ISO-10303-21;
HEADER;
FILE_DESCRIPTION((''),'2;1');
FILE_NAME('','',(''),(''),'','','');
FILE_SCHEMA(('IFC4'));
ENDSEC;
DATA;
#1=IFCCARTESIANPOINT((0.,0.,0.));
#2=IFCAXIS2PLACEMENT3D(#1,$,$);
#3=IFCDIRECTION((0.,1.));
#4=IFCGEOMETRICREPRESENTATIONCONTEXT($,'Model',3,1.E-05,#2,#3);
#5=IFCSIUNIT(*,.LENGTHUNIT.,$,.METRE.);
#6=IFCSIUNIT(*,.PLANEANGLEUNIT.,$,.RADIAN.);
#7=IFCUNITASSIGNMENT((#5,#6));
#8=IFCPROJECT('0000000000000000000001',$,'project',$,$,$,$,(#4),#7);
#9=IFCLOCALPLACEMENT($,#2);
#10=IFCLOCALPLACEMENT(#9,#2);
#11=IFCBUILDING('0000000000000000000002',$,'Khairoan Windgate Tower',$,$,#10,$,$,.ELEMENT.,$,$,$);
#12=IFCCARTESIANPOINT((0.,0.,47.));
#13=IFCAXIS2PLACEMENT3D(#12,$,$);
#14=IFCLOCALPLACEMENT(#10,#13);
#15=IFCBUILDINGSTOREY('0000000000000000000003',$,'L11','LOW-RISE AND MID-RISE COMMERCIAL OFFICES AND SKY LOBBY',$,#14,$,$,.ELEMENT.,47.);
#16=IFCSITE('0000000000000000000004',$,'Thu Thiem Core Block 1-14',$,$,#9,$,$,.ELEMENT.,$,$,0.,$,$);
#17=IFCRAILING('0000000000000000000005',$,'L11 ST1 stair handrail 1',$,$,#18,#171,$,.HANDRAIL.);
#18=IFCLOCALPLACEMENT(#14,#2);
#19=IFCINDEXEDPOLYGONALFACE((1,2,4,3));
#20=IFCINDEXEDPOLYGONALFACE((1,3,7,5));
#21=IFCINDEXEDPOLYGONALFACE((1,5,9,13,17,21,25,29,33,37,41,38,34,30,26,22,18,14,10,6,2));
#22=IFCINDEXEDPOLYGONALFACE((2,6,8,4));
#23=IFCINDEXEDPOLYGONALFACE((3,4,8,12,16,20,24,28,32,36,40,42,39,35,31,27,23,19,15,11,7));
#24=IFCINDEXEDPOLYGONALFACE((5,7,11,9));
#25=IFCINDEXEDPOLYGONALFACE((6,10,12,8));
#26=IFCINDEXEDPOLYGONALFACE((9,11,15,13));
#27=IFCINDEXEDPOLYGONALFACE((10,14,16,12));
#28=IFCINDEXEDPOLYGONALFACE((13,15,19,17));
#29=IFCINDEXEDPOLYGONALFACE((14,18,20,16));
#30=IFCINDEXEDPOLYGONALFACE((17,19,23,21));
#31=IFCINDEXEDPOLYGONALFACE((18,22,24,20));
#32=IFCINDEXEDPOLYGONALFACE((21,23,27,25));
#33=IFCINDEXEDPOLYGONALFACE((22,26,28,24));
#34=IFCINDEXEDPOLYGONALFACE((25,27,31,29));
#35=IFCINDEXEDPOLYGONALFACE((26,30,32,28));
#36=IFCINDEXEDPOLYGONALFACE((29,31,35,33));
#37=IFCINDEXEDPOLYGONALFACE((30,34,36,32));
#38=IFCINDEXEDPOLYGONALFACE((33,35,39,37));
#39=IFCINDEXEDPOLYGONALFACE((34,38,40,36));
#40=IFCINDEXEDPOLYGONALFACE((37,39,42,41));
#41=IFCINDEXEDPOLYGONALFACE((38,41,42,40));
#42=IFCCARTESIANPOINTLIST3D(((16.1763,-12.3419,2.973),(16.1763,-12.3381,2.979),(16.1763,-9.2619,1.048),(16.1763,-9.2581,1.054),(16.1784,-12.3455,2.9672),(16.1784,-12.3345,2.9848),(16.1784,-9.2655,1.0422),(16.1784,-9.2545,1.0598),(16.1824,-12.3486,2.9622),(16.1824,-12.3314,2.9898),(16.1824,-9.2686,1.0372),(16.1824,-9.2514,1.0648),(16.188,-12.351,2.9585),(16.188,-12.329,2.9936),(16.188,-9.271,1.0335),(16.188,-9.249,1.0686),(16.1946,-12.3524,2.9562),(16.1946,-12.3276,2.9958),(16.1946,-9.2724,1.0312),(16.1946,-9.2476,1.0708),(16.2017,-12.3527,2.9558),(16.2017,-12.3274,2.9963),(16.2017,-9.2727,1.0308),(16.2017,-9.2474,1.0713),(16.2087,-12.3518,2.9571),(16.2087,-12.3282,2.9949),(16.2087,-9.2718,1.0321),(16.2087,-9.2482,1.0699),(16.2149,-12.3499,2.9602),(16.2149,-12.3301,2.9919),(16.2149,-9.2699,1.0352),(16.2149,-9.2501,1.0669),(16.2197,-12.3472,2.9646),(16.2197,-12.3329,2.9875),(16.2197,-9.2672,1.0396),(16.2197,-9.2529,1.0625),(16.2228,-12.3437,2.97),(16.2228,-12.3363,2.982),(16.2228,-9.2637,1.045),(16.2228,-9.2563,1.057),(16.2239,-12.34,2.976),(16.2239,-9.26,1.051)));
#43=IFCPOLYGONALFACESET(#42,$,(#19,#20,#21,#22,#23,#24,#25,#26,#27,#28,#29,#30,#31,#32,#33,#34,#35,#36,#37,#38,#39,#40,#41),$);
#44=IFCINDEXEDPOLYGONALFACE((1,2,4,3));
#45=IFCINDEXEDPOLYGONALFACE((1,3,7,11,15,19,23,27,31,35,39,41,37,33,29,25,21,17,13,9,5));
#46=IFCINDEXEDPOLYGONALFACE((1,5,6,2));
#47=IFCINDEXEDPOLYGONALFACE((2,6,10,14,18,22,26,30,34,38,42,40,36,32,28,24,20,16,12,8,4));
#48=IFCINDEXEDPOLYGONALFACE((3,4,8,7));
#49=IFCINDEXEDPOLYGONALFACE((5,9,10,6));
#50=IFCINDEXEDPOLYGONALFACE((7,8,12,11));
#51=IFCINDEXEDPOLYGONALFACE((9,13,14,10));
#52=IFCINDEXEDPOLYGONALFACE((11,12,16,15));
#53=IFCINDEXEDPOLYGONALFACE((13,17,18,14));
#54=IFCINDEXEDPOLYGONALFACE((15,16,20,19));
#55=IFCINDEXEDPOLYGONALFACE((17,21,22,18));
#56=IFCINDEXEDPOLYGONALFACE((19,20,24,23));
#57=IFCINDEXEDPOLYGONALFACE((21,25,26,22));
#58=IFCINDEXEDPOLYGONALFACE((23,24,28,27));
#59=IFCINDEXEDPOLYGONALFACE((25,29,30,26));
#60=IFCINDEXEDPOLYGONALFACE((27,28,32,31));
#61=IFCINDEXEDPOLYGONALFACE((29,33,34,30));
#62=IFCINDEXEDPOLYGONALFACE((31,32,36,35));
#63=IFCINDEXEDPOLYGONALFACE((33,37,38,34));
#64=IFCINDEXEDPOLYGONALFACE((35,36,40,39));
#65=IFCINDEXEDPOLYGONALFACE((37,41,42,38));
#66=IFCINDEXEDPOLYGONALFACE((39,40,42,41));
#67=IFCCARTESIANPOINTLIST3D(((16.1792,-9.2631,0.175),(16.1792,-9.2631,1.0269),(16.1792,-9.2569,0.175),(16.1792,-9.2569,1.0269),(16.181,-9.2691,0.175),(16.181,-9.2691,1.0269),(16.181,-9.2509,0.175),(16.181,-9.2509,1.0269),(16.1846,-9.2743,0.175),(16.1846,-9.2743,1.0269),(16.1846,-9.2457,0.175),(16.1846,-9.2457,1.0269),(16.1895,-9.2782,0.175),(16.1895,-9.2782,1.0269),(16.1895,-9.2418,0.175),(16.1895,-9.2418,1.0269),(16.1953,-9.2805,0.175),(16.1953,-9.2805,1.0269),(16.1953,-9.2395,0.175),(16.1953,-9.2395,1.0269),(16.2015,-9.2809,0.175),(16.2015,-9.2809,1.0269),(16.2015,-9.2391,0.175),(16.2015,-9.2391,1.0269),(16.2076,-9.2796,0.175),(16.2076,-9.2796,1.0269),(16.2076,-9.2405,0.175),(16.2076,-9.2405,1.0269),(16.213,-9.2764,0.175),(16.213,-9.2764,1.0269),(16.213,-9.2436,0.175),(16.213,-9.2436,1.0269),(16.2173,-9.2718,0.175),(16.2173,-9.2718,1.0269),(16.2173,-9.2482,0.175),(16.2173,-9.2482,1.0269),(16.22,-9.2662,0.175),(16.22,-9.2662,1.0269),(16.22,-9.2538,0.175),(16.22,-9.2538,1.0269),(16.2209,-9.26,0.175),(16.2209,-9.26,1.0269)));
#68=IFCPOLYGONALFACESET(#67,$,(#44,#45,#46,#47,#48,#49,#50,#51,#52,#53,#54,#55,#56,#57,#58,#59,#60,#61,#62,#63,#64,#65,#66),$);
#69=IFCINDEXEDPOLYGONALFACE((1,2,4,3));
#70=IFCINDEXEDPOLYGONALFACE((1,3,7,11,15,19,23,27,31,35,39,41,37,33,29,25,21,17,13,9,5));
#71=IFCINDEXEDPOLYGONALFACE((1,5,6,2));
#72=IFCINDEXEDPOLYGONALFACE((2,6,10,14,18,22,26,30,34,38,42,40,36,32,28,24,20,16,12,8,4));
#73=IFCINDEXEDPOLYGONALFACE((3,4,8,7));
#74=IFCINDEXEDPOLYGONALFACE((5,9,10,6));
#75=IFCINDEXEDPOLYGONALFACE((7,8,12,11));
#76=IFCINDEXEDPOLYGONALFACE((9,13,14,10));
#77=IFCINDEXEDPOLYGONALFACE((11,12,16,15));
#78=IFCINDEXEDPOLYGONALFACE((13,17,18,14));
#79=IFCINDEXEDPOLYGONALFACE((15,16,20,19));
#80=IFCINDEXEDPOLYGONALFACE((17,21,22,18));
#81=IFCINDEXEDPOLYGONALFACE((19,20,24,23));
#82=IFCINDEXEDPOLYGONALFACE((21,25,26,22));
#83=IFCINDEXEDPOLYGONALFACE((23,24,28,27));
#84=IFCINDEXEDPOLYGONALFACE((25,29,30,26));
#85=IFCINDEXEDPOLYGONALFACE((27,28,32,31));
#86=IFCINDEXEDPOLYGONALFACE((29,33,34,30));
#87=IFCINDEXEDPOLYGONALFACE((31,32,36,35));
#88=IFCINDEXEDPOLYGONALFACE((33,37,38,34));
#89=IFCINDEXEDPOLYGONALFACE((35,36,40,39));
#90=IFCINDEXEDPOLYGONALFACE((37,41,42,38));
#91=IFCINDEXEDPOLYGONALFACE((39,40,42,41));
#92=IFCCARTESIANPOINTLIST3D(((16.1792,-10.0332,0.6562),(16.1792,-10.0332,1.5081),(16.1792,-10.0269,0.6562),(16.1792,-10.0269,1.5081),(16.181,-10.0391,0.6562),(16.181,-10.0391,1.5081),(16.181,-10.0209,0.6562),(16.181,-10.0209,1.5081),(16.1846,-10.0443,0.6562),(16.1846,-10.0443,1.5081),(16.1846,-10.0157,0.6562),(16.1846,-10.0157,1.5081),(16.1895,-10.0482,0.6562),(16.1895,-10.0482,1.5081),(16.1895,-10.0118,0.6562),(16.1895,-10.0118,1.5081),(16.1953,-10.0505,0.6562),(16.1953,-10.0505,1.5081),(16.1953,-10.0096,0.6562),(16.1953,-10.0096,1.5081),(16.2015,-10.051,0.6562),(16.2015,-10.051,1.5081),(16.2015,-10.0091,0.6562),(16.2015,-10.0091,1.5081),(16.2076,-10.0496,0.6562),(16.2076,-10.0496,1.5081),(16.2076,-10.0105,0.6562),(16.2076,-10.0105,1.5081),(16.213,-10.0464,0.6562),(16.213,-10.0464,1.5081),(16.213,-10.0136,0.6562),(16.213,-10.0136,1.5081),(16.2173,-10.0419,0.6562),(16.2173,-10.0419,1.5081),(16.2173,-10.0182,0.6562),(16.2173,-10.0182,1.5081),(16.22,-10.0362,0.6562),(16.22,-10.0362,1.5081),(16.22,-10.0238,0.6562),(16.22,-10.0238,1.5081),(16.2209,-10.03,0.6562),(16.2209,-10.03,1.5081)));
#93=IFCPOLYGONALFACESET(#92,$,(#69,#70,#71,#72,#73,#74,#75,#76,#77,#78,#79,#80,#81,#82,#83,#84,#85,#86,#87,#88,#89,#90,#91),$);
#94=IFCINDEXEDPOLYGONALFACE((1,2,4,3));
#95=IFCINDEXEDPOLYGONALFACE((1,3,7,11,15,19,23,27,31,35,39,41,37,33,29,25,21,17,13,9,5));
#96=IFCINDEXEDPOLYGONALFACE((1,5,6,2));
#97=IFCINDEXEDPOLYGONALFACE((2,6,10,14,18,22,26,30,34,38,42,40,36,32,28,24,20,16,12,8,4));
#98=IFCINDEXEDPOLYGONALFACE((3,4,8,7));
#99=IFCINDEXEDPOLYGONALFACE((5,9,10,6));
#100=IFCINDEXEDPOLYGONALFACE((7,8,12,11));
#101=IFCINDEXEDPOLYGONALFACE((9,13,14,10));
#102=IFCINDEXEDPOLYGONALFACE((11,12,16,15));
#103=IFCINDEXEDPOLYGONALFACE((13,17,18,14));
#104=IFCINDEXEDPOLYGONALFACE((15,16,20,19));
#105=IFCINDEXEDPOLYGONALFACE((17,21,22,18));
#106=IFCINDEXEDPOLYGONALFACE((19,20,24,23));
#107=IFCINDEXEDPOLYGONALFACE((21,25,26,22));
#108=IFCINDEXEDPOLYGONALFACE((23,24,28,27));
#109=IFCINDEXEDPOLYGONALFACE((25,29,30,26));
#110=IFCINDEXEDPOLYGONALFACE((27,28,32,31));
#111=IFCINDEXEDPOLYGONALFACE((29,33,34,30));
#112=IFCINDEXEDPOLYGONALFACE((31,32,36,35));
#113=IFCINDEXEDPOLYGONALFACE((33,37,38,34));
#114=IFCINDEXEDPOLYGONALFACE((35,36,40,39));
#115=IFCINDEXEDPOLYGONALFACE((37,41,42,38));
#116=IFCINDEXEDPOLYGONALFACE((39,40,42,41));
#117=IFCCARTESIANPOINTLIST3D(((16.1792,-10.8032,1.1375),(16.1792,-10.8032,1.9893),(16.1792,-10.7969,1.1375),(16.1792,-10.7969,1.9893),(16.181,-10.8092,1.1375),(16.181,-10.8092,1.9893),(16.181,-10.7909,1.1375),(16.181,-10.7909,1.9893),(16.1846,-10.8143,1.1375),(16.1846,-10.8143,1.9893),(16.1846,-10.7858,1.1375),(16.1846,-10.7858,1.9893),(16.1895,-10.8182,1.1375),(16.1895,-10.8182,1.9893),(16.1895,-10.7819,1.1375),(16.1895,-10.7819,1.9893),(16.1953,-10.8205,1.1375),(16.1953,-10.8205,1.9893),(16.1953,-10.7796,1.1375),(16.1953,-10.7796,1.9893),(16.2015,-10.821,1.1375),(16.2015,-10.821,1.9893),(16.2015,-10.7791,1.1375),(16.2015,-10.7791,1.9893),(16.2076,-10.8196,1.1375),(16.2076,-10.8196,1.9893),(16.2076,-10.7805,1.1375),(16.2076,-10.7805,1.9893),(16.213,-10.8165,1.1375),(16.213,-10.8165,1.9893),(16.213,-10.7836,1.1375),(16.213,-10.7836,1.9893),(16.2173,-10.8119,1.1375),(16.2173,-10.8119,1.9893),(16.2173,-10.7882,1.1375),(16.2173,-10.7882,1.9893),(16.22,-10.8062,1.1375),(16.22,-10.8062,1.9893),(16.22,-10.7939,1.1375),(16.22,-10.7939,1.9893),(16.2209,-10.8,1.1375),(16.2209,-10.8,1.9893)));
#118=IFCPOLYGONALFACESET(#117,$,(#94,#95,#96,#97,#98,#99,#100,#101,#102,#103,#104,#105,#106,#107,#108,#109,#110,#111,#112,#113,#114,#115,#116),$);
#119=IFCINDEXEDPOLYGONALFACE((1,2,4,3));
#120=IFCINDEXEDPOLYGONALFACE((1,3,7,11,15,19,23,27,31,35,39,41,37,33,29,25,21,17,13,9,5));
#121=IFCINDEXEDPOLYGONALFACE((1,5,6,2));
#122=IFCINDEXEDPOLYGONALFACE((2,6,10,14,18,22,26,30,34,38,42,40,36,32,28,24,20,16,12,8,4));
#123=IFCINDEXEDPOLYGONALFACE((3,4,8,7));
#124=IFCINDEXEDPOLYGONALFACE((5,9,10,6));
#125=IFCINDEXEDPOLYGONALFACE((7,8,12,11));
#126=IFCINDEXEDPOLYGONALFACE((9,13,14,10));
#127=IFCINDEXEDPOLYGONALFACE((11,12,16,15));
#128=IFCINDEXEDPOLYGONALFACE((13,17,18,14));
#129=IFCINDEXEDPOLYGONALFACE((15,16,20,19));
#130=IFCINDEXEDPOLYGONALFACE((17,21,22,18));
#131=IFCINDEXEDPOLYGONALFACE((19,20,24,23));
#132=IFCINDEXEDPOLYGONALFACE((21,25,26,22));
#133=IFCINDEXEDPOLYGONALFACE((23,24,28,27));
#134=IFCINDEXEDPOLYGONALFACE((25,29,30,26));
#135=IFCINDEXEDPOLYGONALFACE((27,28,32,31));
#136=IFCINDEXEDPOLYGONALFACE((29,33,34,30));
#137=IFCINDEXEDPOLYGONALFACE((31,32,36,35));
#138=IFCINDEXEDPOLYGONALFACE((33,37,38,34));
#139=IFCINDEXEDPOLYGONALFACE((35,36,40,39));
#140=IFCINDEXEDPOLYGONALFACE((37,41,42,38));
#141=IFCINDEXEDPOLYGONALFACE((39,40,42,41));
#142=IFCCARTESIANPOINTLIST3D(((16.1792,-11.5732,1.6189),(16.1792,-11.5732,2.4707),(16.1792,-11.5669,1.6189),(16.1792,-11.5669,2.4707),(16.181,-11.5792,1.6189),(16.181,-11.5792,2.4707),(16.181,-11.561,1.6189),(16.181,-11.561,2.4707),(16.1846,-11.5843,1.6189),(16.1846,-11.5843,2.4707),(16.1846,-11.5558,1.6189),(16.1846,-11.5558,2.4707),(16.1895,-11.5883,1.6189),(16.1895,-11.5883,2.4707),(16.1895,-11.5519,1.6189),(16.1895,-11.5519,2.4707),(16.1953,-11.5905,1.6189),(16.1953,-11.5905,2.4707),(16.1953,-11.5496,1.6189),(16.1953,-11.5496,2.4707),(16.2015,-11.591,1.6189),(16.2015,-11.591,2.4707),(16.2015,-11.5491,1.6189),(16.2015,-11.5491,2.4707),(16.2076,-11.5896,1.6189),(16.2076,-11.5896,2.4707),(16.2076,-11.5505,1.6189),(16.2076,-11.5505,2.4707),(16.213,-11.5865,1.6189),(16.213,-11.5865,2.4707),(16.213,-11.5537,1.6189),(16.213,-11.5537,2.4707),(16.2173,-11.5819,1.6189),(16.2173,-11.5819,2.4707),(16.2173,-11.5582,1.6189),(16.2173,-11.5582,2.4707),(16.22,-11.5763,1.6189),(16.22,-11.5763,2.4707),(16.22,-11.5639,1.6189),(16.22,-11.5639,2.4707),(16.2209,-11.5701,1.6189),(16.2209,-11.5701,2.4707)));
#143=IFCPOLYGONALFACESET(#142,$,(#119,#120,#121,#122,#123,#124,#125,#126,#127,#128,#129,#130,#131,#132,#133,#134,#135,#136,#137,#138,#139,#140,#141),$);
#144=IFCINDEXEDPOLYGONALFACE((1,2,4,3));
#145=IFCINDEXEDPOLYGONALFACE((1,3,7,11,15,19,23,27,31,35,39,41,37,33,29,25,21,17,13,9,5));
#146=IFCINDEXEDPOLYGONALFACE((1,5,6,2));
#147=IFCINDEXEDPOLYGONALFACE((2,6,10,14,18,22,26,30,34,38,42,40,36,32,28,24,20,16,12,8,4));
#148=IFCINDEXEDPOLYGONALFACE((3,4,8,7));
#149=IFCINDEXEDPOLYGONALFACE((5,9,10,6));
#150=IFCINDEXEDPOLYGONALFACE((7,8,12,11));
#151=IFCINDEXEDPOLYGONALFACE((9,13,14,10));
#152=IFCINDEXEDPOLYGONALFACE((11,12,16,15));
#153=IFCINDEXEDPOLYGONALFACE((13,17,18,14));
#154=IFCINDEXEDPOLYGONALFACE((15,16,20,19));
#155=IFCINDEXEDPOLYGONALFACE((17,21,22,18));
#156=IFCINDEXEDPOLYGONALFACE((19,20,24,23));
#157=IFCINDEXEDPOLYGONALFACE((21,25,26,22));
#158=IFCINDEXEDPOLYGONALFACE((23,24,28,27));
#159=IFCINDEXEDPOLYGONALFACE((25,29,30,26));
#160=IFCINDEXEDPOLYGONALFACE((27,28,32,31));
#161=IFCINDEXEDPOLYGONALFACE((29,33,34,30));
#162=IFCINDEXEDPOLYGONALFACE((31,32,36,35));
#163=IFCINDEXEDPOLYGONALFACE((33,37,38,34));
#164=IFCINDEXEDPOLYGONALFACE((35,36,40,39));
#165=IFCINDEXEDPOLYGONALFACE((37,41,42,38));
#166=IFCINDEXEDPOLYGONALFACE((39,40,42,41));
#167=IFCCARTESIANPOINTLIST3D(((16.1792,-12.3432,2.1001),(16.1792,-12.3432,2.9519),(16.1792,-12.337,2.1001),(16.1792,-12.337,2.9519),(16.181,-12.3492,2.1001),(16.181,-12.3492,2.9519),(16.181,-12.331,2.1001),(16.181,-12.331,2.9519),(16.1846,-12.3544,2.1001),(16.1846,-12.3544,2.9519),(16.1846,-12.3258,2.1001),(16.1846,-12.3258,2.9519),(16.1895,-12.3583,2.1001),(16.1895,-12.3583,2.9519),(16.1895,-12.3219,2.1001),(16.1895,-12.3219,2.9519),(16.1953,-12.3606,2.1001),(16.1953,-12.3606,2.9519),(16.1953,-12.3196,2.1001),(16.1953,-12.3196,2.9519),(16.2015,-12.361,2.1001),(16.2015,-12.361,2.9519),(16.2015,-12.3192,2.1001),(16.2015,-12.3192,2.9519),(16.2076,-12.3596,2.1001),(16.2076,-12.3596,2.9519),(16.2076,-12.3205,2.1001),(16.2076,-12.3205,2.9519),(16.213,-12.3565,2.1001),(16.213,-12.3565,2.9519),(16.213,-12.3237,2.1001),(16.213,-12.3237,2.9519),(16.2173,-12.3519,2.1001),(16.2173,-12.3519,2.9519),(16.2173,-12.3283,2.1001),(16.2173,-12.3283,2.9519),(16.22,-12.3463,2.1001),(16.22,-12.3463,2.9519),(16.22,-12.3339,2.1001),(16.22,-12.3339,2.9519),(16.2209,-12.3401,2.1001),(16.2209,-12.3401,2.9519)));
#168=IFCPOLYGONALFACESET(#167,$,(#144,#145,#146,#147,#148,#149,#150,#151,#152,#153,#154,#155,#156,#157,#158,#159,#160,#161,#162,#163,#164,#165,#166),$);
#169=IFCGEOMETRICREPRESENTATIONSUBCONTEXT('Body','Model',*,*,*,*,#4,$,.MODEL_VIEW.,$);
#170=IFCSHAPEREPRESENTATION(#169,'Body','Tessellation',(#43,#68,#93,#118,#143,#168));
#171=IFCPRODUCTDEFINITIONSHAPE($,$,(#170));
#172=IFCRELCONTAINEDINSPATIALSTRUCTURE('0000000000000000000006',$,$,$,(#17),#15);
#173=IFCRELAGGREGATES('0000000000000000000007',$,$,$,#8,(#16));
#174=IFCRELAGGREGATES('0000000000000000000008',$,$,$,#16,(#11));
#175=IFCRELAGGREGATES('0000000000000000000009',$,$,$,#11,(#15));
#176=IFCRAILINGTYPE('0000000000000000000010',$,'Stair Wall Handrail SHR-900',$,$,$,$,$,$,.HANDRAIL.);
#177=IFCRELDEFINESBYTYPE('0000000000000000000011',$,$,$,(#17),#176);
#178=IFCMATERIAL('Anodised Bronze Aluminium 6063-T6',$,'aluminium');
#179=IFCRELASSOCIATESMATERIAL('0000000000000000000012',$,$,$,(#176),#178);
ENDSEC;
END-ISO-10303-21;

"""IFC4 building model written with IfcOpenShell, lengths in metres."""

from ifc_helpers import new_model, si_unit, direction, frame, origin, origin_2d, place, context, subcontext, project, spatial, circle, extrude, material, type_object, element, save


model = new_model("IFC4")

# Units and contexts
model_context = context("Model", 3, precision=1e-05, world=origin(), true_north=direction((0.0, 1.0)))
body_context = subcontext(model_context, "Body", "Model", "MODEL_VIEW")
ifc_project = project(units=[si_unit("LENGTHUNIT", "METRE"), si_unit("PLANEANGLEUNIT", "RADIAN")], contexts=[model_context])

# Site, building, storey
site_placement = place(None, origin())
site = spatial("IfcSite", under=ifc_project, at=site_placement, Name="Thu Thiem Core Block 1-14", CompositionType="ELEMENT", RefElevation=0.0)
building_placement = place(site_placement, origin())
building = spatial("IfcBuilding", under=site, at=building_placement, Name="Khairoan Windgate Tower", CompositionType="ELEMENT")
storey_placement = place(building_placement, frame((0.0, 0.0, 47.0)))
storey = spatial("IfcBuildingStorey", under=building, at=storey_placement, Name="L11", Description="LOW-RISE AND MID-RISE COMMERCIAL OFFICES AND SKY LOBBY", CompositionType="ELEMENT", Elevation=47.0)

# Railing
ifc_material_1 = material(Name="Anodised Bronze Aluminium 6063-T6", Category="aluminium")
railing_type_1 = type_object("IfcRailingType", Name="Stair Wall Handrail SHR-900", PredefinedType="HANDRAIL", material=ifc_material_1)
railing_1_placement = place(storey_placement, frame((16.2, -9.26, 0.175)))
element("IfcRailing", 1, at=railing_1_placement, inside=storey, type_object=railing_type_1, Name="L11 ST1 stair handrail 1", PredefinedType="HANDRAIL", context=body_context, shape_type="SweptSolid", body=[
    extrude(circle(Radius=0.0239, at=origin_2d()), frame((0.0, 0.0, 0.876), z_axis=(0.0, -0.847998, 0.529999), x_axis=(1.0, 0.0, 0.0)), (0.0, 0.0, 1.0), 3.6321),
    extrude(circle(Radius=0.021, at=origin_2d()), origin(), (0.0, 0.0, 1.0), 0.8518),
    extrude(circle(Radius=0.021, at=origin_2d()), frame((0.0, -0.77, 0.4812)), (0.0, 0.0, 1.0), 0.8518),
    extrude(circle(Radius=0.021, at=origin_2d()), frame((0.0, -1.54, 0.9624)), (0.0, 0.0, 1.0), 0.8518),
    extrude(circle(Radius=0.021, at=origin_2d()), frame((0.0, -2.3101, 1.4438)), (0.0, 0.0, 1.0), 0.8518),
    extrude(circle(Radius=0.021, at=origin_2d()), frame((0.0, -3.0801, 1.925)), (0.0, 0.0, 1.0), 0.8518),
])

save(model, "model.ifc")
